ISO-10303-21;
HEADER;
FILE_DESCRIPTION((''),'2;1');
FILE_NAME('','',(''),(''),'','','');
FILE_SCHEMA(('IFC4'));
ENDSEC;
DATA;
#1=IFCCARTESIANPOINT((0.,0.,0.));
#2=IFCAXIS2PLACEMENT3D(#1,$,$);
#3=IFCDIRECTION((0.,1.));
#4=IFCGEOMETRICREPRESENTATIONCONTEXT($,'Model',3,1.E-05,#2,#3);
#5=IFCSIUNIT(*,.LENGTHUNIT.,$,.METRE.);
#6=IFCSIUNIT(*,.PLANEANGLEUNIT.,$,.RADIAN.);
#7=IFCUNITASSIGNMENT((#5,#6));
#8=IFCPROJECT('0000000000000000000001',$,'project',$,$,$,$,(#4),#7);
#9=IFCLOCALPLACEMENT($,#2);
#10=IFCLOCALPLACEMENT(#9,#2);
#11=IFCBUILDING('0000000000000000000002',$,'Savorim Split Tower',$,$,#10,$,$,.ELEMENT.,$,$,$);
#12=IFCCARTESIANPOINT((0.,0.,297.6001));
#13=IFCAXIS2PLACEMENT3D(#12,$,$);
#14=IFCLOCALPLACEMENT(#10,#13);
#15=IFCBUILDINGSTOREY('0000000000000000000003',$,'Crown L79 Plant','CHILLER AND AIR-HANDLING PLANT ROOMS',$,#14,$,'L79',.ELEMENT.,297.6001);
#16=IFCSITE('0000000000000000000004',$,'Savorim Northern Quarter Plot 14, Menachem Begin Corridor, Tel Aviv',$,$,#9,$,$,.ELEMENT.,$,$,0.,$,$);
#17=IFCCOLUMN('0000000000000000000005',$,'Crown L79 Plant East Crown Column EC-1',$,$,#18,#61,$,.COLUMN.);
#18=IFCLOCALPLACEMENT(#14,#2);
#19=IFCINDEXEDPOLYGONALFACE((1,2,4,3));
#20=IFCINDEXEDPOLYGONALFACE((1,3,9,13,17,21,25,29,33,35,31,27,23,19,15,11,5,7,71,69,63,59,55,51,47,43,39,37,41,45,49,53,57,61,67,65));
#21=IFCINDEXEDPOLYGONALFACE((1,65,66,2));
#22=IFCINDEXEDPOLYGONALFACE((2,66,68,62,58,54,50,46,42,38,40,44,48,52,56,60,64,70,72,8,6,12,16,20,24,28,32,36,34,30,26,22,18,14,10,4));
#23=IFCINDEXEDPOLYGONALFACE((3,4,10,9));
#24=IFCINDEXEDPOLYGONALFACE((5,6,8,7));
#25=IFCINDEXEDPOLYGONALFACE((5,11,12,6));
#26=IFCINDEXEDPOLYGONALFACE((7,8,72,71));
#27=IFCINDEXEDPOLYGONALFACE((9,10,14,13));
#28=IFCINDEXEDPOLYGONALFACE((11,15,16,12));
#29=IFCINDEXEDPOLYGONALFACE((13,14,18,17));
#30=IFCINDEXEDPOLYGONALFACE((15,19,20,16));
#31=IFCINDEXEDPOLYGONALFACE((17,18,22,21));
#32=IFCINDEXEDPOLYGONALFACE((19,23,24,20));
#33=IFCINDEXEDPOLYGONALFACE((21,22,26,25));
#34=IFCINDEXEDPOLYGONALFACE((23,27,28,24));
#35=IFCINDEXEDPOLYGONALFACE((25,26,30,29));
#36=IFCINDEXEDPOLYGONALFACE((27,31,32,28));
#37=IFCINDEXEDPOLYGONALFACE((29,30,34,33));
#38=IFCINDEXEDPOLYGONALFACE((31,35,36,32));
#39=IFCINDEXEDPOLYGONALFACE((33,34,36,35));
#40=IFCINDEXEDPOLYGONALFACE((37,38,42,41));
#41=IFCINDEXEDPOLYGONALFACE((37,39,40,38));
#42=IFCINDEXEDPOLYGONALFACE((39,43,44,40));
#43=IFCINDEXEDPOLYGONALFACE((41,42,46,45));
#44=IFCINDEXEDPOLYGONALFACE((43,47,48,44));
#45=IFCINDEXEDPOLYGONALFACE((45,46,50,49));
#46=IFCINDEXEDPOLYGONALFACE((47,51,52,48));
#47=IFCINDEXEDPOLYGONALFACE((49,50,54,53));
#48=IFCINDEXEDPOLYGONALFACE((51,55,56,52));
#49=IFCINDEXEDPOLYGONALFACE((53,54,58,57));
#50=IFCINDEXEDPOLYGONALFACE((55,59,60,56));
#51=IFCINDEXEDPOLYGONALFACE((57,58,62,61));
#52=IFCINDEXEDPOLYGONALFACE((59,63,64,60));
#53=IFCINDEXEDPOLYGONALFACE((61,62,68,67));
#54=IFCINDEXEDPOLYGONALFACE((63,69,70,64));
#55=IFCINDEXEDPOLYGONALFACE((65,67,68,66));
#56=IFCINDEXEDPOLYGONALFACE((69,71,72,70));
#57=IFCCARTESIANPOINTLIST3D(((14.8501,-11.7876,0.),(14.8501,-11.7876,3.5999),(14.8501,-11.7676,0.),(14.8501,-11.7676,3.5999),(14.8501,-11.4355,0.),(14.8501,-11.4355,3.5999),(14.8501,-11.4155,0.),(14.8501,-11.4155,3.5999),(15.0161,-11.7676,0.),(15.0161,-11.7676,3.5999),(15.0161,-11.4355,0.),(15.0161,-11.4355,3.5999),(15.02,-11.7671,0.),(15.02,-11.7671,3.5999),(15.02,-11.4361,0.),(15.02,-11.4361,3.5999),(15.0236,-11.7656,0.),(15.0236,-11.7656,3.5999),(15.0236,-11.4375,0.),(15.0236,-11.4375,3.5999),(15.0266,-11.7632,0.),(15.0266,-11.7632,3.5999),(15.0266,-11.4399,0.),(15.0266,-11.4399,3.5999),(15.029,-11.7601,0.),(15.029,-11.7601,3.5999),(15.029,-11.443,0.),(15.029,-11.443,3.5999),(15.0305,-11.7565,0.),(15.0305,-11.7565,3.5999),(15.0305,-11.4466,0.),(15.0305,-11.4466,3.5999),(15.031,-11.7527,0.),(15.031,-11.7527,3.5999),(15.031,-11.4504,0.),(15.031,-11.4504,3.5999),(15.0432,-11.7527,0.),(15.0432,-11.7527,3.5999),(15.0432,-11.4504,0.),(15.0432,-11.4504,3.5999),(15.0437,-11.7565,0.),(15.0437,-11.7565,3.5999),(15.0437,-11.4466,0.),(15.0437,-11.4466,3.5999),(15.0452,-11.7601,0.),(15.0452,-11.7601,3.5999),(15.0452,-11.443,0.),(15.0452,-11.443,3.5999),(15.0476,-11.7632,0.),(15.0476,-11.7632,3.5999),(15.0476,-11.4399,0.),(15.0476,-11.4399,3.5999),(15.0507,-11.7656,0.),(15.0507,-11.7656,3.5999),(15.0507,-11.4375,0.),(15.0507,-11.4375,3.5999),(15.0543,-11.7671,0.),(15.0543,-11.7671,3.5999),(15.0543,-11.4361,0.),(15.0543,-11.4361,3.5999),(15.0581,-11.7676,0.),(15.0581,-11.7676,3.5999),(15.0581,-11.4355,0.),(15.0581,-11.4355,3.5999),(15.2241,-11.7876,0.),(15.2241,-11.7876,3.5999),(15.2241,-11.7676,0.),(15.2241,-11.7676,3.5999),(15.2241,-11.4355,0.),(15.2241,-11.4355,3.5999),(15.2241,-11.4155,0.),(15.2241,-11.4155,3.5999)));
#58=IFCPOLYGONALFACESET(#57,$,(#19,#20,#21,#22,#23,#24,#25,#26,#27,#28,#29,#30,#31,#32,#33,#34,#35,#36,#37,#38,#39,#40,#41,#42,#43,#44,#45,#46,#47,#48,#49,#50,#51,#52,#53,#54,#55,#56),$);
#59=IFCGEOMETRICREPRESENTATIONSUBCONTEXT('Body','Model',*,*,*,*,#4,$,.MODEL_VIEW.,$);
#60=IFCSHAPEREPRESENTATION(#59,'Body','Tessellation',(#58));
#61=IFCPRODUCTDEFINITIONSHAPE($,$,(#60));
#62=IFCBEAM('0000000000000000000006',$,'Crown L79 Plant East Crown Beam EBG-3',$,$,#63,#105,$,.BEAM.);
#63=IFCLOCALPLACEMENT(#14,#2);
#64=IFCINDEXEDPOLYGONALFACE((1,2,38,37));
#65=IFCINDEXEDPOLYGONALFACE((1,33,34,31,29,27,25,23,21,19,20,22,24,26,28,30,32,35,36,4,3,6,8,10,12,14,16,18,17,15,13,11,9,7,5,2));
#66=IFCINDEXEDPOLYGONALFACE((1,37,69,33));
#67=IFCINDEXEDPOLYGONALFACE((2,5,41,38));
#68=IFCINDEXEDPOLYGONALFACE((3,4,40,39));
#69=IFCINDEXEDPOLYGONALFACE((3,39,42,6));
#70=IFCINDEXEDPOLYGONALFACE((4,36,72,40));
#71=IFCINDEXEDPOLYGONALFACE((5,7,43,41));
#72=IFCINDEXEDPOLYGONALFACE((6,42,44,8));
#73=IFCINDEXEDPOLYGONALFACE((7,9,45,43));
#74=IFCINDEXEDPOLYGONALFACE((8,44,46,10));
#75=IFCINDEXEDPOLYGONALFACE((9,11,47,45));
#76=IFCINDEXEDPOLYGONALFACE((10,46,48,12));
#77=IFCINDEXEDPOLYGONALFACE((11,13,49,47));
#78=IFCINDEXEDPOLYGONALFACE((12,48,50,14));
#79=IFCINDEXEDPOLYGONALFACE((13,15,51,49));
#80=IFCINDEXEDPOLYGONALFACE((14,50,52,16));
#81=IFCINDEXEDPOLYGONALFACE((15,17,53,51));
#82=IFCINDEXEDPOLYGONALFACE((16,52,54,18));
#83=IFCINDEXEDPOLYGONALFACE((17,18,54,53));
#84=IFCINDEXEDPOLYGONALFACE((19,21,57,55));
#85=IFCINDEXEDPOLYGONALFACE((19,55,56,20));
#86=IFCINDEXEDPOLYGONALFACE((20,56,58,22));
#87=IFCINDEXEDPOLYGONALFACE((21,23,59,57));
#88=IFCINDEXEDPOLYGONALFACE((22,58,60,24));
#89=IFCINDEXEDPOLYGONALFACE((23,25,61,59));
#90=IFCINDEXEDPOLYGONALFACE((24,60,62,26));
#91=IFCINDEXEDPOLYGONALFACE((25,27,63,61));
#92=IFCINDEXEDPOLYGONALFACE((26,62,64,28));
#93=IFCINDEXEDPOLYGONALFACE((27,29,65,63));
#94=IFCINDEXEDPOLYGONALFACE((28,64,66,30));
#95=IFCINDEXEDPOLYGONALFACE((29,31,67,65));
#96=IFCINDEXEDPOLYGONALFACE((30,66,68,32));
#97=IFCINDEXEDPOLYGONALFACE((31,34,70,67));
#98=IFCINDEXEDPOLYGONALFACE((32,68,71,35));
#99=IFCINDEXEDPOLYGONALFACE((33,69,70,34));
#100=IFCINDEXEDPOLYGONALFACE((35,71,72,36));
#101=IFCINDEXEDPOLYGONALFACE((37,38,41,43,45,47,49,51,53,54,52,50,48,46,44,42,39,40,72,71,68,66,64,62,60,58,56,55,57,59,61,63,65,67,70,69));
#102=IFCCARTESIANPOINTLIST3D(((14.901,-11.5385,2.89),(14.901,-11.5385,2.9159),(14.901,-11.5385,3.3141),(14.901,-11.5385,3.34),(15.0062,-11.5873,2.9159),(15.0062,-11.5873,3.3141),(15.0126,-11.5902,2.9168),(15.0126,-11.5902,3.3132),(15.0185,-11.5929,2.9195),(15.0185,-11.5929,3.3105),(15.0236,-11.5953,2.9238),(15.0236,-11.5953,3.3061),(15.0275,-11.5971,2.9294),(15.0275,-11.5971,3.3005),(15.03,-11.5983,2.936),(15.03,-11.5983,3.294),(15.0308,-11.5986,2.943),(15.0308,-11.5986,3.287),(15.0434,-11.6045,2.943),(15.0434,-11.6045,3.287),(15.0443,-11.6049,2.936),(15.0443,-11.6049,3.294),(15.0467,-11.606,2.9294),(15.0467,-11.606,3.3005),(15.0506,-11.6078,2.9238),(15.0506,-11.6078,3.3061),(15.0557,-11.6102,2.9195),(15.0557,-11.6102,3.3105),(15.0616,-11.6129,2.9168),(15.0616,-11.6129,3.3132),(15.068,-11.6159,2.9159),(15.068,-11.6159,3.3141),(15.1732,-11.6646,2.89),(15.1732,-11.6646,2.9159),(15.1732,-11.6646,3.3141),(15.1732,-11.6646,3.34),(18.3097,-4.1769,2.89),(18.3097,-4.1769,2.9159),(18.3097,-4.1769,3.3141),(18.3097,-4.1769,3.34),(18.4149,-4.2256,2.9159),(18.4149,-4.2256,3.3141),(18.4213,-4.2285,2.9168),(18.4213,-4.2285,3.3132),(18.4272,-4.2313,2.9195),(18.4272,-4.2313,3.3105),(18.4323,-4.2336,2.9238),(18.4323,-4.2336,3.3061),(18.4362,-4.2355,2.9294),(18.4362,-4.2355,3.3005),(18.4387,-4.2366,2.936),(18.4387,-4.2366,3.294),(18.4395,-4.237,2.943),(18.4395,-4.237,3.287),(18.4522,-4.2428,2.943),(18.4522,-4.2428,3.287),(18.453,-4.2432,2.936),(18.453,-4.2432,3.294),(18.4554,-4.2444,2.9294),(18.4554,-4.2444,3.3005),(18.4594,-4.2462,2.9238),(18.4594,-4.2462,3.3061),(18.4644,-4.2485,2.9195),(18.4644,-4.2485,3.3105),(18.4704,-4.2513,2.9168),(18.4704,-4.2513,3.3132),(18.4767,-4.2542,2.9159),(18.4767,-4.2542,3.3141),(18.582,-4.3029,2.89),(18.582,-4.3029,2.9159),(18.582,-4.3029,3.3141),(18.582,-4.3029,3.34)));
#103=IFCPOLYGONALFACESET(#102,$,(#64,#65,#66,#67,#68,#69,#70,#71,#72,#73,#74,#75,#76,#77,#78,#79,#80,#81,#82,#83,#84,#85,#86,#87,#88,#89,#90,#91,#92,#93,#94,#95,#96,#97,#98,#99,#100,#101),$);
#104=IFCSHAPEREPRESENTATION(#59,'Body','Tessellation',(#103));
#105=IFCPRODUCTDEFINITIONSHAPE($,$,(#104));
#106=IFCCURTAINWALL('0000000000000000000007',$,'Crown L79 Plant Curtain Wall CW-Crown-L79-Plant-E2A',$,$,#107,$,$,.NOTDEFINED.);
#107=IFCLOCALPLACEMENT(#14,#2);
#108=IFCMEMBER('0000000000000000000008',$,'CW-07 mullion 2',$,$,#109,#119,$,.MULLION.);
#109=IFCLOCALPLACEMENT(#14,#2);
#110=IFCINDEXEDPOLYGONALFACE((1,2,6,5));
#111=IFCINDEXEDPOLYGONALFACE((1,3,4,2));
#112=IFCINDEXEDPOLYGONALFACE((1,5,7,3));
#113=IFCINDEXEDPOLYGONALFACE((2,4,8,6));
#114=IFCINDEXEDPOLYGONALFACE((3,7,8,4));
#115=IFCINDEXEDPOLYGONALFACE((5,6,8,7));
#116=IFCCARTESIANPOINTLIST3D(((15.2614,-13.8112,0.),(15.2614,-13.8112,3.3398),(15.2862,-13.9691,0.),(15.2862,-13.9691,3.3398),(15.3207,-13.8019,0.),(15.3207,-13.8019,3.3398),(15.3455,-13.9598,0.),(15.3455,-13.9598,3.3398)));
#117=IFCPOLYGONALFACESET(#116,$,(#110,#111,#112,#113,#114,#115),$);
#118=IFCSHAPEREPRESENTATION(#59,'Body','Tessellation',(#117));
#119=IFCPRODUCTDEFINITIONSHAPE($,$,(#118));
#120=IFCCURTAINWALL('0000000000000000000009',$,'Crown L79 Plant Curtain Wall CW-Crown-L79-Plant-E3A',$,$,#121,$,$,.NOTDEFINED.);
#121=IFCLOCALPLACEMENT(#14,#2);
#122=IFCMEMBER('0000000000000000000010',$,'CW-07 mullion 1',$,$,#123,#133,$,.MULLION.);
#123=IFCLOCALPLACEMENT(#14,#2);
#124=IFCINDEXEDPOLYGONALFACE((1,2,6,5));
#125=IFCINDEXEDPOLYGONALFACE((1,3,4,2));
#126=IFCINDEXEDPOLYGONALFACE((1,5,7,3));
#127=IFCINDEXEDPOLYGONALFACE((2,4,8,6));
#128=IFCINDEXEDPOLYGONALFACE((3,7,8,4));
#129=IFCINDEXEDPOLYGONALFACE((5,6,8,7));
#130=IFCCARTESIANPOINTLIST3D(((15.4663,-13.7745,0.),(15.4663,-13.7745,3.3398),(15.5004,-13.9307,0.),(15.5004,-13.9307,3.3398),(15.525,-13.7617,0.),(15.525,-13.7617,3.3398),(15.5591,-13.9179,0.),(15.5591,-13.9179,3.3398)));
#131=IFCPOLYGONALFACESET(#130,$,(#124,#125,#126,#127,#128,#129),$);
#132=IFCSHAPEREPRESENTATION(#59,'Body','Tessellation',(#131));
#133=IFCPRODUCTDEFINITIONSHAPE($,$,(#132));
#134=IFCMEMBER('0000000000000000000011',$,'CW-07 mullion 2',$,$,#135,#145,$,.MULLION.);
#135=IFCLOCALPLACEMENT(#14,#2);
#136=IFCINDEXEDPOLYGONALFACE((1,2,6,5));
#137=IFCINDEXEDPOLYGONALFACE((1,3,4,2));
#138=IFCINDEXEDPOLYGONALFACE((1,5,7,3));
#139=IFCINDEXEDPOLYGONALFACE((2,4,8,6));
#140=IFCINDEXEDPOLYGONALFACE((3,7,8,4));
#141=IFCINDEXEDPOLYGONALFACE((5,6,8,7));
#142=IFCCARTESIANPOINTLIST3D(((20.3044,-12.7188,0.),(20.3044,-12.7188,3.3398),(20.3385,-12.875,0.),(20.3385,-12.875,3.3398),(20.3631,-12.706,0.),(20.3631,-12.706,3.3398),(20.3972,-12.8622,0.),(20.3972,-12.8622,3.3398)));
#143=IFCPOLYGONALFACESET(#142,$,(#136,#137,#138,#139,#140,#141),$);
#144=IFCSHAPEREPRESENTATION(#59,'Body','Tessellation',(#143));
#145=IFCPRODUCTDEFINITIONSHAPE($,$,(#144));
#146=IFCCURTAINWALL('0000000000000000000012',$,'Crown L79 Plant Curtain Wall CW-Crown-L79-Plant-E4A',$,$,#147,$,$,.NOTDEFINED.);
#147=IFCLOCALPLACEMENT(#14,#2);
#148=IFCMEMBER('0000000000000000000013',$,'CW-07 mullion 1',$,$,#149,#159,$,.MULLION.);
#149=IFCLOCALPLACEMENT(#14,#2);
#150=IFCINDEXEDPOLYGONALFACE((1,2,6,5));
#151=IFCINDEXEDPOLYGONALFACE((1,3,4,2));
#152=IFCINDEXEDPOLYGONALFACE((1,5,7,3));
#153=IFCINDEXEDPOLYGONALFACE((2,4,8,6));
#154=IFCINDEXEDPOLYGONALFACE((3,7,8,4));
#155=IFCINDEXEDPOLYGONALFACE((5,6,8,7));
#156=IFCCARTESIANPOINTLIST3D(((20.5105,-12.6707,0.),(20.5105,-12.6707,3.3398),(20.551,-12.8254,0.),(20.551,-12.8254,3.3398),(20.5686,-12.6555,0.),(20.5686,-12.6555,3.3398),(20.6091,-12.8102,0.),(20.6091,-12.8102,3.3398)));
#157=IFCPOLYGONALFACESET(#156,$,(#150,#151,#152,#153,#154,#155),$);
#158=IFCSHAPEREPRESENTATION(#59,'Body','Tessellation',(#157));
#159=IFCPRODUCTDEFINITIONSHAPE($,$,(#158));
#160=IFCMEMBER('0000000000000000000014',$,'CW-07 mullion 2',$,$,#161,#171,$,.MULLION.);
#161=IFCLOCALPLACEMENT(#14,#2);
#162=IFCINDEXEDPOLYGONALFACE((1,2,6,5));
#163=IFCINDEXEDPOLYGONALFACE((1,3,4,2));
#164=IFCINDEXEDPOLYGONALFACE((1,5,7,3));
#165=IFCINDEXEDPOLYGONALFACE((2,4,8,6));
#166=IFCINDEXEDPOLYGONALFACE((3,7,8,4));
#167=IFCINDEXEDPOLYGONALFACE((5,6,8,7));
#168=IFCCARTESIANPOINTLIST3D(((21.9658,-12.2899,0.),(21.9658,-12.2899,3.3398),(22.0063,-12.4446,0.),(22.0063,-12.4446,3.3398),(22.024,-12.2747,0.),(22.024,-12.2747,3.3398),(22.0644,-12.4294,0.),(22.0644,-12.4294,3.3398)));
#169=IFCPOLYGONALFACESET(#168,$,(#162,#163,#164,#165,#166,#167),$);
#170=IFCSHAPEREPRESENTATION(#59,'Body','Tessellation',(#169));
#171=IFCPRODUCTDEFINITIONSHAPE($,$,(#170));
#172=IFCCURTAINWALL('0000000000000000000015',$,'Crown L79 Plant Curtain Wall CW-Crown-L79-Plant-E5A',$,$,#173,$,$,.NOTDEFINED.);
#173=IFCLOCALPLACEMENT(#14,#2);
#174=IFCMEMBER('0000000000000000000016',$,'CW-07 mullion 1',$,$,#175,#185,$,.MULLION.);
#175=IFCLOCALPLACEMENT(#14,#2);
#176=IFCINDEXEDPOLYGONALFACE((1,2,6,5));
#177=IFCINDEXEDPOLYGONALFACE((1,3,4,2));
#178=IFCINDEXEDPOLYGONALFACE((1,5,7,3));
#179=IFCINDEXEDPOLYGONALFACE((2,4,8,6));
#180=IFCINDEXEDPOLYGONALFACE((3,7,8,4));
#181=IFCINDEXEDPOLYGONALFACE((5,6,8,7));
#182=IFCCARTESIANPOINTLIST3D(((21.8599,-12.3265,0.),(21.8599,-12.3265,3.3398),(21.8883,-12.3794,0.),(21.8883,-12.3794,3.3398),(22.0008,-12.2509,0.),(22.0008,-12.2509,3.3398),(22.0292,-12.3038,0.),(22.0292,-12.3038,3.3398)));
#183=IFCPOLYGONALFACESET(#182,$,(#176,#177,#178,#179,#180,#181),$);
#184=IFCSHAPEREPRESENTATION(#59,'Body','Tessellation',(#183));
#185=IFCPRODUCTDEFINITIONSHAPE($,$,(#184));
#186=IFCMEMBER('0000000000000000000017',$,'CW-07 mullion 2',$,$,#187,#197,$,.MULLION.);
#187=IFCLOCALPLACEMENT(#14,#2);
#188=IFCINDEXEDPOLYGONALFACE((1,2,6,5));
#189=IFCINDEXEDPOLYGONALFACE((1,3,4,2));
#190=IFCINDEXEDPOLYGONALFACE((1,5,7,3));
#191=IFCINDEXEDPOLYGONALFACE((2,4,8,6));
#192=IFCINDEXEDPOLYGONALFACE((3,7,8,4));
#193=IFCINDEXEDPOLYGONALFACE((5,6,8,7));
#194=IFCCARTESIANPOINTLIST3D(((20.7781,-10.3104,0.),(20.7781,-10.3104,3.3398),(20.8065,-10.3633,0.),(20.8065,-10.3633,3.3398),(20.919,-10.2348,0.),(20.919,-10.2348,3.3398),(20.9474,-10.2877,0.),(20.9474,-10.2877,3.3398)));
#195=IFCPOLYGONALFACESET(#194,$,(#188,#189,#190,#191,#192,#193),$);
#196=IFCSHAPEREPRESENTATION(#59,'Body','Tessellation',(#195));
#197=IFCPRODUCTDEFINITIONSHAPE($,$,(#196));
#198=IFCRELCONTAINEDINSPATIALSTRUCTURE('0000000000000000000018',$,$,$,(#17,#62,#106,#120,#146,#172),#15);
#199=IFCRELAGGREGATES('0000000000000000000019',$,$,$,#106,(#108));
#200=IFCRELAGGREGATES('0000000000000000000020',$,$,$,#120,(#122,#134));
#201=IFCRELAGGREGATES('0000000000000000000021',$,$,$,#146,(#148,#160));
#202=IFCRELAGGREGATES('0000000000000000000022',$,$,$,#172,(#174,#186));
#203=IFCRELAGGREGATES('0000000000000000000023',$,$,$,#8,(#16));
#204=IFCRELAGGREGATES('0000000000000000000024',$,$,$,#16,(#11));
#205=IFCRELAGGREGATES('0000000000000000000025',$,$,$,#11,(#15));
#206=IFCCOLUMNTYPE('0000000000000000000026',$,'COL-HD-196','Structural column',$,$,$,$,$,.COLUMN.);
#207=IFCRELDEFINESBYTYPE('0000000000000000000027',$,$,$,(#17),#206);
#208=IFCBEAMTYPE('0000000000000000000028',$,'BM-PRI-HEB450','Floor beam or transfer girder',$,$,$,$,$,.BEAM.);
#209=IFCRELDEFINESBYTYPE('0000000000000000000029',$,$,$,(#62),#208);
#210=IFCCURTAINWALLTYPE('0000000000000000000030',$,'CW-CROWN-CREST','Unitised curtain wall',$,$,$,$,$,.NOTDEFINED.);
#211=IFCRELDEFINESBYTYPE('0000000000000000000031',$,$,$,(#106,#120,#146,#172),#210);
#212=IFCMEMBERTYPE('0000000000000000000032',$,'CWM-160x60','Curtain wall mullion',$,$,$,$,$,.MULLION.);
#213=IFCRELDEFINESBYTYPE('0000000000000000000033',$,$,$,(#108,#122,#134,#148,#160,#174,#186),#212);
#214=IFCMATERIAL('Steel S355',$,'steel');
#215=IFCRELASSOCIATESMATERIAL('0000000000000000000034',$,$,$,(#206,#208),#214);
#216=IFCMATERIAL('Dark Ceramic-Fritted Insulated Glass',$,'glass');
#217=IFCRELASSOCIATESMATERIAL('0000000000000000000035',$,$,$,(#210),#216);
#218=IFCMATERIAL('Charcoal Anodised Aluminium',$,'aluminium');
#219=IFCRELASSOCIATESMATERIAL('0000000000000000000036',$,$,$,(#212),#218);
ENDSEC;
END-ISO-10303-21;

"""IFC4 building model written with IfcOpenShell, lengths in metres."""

from ifc_helpers import new_model, si_unit, direction, frame, origin, origin_2d, place, context, subcontext, project, spatial, rectangle, i_section, extrude, material, material_profile, profile_set, type_object, element, aggregate, save


model = new_model("IFC4")

# Units and contexts
model_context = context("Model", 3, precision=1e-05, world=origin(), true_north=direction((0.0, 1.0)))
body_context = subcontext(model_context, "Body", "Model", "MODEL_VIEW")
ifc_project = project(units=[si_unit("LENGTHUNIT", "METRE"), si_unit("PLANEANGLEUNIT", "RADIAN")], contexts=[model_context])

# Site, building, storey
site_placement = place(None, origin())
site = spatial("IfcSite", under=ifc_project, at=site_placement, Name="Savorim Northern Quarter Plot 14, Menachem Begin Corridor, Tel Aviv", CompositionType="ELEMENT", RefElevation=0.0)
building_placement = place(site_placement, origin())
building = spatial("IfcBuilding", under=site, at=building_placement, Name="Savorim Split Tower", CompositionType="ELEMENT")
storey_placement = place(building_placement, frame((0.0, 0.0, 297.6001)))
storey = spatial("IfcBuildingStorey", under=building, at=storey_placement, Name="Crown L79 Plant", Description="CHILLER AND AIR-HANDLING PLANT ROOMS", LongName="L79", CompositionType="ELEMENT", Elevation=297.6001)

# Column
ifc_material_1 = material(Name="Steel S355", Category="steel")
ifc_material_profile_1 = material_profile(ifc_material_1, i_section(OverallWidth=0.374, OverallDepth=0.3721, WebThickness=0.0122, FlangeThickness=0.02, FilletRadius=0.0149, at=origin_2d()), Name="HD 360x196")
ifc_profile_set_1 = profile_set([ifc_material_profile_1], Name="Steel S355")
column_type = type_object("IfcColumnType", Name="COL-HD-196", Description="Structural column", PredefinedType="COLUMN", material=ifc_profile_set_1)
column_placement = place(storey_placement, frame((15.0371, -11.6016, 0.0), z_axis=(0.0, 0.0, 1.0), x_axis=(1.0, 0.0, 0.0)))
element("IfcColumn", 1, at=column_placement, inside=storey, type_object=column_type, Name="Crown L79 Plant East Crown Column EC-1", PredefinedType="COLUMN", context=body_context, shape_type="SweptSolid", body=[
    extrude(i_section(OverallWidth=0.374, OverallDepth=0.3721, WebThickness=0.0122, FlangeThickness=0.02, FilletRadius=0.0149, at=origin_2d()), origin(), (0.0, 0.0, 1.0), 3.5999),
])

# Beam
ifc_material_profile_2 = material_profile(ifc_material_1, i_section(OverallWidth=0.3, OverallDepth=0.45, WebThickness=0.0139, FlangeThickness=0.0259, FilletRadius=0.0271, at=origin_2d()), Name="HEB 450")
ifc_profile_set_2 = profile_set([ifc_material_profile_2], Name="Steel S355")
beam_type = type_object("IfcBeamType", Name="BM-PRI-HEB450", Description="Floor beam or transfer girder", PredefinedType="BEAM", material=ifc_profile_set_2)
beam_placement = place(storey_placement, frame((15.0371, -11.6016, 3.115), z_axis=(0.42018, 0.907441, 0.0), x_axis=(-0.907441, 0.42018, 0.0)))
element("IfcBeam", 2, at=beam_placement, inside=storey, type_object=beam_type, Name="Crown L79 Plant East Crown Beam EBG-3", PredefinedType="BEAM", context=body_context, shape_type="SweptSolid", body=[
    extrude(i_section(OverallWidth=0.3, OverallDepth=0.45, WebThickness=0.0139, FlangeThickness=0.0259, FilletRadius=0.0271, at=origin_2d()), origin(), (0.0, 0.0, 1.0), 8.1125),
])

# Curtain wall, member
ifc_material_2 = material(Name="Dark Ceramic-Fritted Insulated Glass", Category="glass")
curtain_wall_type = type_object("IfcCurtainWallType", Name="CW-CROWN-CREST", Description="Unitised curtain wall", PredefinedType="NOTDEFINED", material=ifc_material_2)
curtain_wall_1_placement = place(storey_placement, origin())
curtain_wall_1 = element("IfcCurtainWall", 3, at=curtain_wall_1_placement, inside=storey, type_object=curtain_wall_type, Name="Crown L79 Plant Curtain Wall CW-Crown-L79-Plant-E2A", PredefinedType="NOTDEFINED")
ifc_material_3 = material(Name="Charcoal Anodised Aluminium", Category="aluminium")
ifc_material_profile_3 = material_profile(ifc_material_3, rectangle(XDim=0.1599, YDim=0.0601, at=origin_2d()), Name="ALU-M 160x60")
ifc_profile_set_3 = profile_set([ifc_material_profile_3], Name="Charcoal Anodised Aluminium")
member_type_1 = type_object("IfcMemberType", Name="CWM-160x60", Description="Curtain wall mullion", PredefinedType="MULLION", material=ifc_profile_set_3)
member_1_placement = place(storey_placement, frame((15.3035, -13.8855, 0.0), z_axis=(0.0, 0.0, 1.0), x_axis=(-0.155193, 0.987884, 0.0)))
member_1 = element("IfcMember", 4, at=member_1_placement, type_object=member_type_1, Name="CW-07 mullion 2", PredefinedType="MULLION", context=body_context, shape_type="SweptSolid", body=[
    extrude(rectangle(XDim=0.1599, YDim=0.0601, at=origin_2d()), origin(), (0.0, 0.0, 1.0), 3.3398),
])

# Curtain walls, members
curtain_wall_2_placement = place(storey_placement, origin())
curtain_wall_2 = element("IfcCurtainWall", 5, at=curtain_wall_2_placement, inside=storey, type_object=curtain_wall_type, Name="Crown L79 Plant Curtain Wall CW-Crown-L79-Plant-E3A", PredefinedType="NOTDEFINED")
member_2_placement = place(storey_placement, frame((15.5127, -13.8462, 0.0), z_axis=(0.0, 0.0, 1.0), x_axis=(-0.213207, 0.977007, 0.0)))
member_2 = element("IfcMember", 6, at=member_2_placement, type_object=member_type_1, Name="CW-07 mullion 1", PredefinedType="MULLION", context=body_context, shape_type="SweptSolid", body=[
    extrude(rectangle(XDim=0.1599, YDim=0.0601, at=origin_2d()), origin(), (0.0, 0.0, 1.0), 3.3398),
])
member_3_placement = place(storey_placement, frame((20.3508, -12.7905, 0.0), z_axis=(0.0, 0.0, 1.0), x_axis=(-0.213207, 0.977007, 0.0)))
member_3 = element("IfcMember", 7, at=member_3_placement, type_object=member_type_1, Name="CW-07 mullion 2", PredefinedType="MULLION", context=body_context, shape_type="SweptSolid", body=[
    extrude(rectangle(XDim=0.1599, YDim=0.0601, at=origin_2d()), origin(), (0.0, 0.0, 1.0), 3.3398),
])
curtain_wall_3_placement = place(storey_placement, origin())
curtain_wall_3 = element("IfcCurtainWall", 8, at=curtain_wall_3_placement, inside=storey, type_object=curtain_wall_type, Name="Crown L79 Plant Curtain Wall CW-Crown-L79-Plant-E4A", PredefinedType="NOTDEFINED")
member_4_placement = place(storey_placement, frame((20.5598, -12.7405, 0.0), z_axis=(0.0, 0.0, 1.0), x_axis=(-0.253096, 0.967441, 0.0)))
member_4 = element("IfcMember", 9, at=member_4_placement, type_object=member_type_1, Name="CW-07 mullion 1", PredefinedType="MULLION", context=body_context, shape_type="SweptSolid", body=[
    extrude(rectangle(XDim=0.1599, YDim=0.0601, at=origin_2d()), origin(), (0.0, 0.0, 1.0), 3.3398),
])
member_5_placement = place(storey_placement, frame((22.0151, -12.3596, 0.0), z_axis=(0.0, 0.0, 1.0), x_axis=(-0.253096, 0.967441, 0.0)))
member_5 = element("IfcMember", 10, at=member_5_placement, type_object=member_type_1, Name="CW-07 mullion 2", PredefinedType="MULLION", context=body_context, shape_type="SweptSolid", body=[
    extrude(rectangle(XDim=0.1599, YDim=0.0601, at=origin_2d()), origin(), (0.0, 0.0, 1.0), 3.3398),
])
curtain_wall_4_placement = place(storey_placement, origin())
curtain_wall_4 = element("IfcCurtainWall", 11, at=curtain_wall_4_placement, inside=storey, type_object=curtain_wall_type, Name="Crown L79 Plant Curtain Wall CW-Crown-L79-Plant-E5A", PredefinedType="NOTDEFINED")
member_6_placement = place(storey_placement, frame((21.9446, -12.3152, 0.0), z_axis=(0.0, 0.0, 1.0), x_axis=(-0.881169, -0.472802, 0.0)))
member_6 = element("IfcMember", 12, at=member_6_placement, type_object=member_type_1, Name="CW-07 mullion 1", PredefinedType="MULLION", context=body_context, shape_type="SweptSolid", body=[
    extrude(rectangle(XDim=0.1599, YDim=0.0601, at=origin_2d()), origin(), (0.0, 0.0, 1.0), 3.3398),
])
member_7_placement = place(storey_placement, frame((20.8628, -10.2991, 0.0), z_axis=(0.0, 0.0, 1.0), x_axis=(-0.881169, -0.472802, 0.0)))
member_7 = element("IfcMember", 13, at=member_7_placement, type_object=member_type_1, Name="CW-07 mullion 2", PredefinedType="MULLION", context=body_context, shape_type="SweptSolid", body=[
    extrude(rectangle(XDim=0.1599, YDim=0.0601, at=origin_2d()), origin(), (0.0, 0.0, 1.0), 3.3398),
])

aggregate(curtain_wall_1, [member_1])
aggregate(curtain_wall_2, [member_2, member_3])
aggregate(curtain_wall_3, [member_4, member_5])
aggregate(curtain_wall_4, [member_6, member_7])

save(model, "model.ifc")
